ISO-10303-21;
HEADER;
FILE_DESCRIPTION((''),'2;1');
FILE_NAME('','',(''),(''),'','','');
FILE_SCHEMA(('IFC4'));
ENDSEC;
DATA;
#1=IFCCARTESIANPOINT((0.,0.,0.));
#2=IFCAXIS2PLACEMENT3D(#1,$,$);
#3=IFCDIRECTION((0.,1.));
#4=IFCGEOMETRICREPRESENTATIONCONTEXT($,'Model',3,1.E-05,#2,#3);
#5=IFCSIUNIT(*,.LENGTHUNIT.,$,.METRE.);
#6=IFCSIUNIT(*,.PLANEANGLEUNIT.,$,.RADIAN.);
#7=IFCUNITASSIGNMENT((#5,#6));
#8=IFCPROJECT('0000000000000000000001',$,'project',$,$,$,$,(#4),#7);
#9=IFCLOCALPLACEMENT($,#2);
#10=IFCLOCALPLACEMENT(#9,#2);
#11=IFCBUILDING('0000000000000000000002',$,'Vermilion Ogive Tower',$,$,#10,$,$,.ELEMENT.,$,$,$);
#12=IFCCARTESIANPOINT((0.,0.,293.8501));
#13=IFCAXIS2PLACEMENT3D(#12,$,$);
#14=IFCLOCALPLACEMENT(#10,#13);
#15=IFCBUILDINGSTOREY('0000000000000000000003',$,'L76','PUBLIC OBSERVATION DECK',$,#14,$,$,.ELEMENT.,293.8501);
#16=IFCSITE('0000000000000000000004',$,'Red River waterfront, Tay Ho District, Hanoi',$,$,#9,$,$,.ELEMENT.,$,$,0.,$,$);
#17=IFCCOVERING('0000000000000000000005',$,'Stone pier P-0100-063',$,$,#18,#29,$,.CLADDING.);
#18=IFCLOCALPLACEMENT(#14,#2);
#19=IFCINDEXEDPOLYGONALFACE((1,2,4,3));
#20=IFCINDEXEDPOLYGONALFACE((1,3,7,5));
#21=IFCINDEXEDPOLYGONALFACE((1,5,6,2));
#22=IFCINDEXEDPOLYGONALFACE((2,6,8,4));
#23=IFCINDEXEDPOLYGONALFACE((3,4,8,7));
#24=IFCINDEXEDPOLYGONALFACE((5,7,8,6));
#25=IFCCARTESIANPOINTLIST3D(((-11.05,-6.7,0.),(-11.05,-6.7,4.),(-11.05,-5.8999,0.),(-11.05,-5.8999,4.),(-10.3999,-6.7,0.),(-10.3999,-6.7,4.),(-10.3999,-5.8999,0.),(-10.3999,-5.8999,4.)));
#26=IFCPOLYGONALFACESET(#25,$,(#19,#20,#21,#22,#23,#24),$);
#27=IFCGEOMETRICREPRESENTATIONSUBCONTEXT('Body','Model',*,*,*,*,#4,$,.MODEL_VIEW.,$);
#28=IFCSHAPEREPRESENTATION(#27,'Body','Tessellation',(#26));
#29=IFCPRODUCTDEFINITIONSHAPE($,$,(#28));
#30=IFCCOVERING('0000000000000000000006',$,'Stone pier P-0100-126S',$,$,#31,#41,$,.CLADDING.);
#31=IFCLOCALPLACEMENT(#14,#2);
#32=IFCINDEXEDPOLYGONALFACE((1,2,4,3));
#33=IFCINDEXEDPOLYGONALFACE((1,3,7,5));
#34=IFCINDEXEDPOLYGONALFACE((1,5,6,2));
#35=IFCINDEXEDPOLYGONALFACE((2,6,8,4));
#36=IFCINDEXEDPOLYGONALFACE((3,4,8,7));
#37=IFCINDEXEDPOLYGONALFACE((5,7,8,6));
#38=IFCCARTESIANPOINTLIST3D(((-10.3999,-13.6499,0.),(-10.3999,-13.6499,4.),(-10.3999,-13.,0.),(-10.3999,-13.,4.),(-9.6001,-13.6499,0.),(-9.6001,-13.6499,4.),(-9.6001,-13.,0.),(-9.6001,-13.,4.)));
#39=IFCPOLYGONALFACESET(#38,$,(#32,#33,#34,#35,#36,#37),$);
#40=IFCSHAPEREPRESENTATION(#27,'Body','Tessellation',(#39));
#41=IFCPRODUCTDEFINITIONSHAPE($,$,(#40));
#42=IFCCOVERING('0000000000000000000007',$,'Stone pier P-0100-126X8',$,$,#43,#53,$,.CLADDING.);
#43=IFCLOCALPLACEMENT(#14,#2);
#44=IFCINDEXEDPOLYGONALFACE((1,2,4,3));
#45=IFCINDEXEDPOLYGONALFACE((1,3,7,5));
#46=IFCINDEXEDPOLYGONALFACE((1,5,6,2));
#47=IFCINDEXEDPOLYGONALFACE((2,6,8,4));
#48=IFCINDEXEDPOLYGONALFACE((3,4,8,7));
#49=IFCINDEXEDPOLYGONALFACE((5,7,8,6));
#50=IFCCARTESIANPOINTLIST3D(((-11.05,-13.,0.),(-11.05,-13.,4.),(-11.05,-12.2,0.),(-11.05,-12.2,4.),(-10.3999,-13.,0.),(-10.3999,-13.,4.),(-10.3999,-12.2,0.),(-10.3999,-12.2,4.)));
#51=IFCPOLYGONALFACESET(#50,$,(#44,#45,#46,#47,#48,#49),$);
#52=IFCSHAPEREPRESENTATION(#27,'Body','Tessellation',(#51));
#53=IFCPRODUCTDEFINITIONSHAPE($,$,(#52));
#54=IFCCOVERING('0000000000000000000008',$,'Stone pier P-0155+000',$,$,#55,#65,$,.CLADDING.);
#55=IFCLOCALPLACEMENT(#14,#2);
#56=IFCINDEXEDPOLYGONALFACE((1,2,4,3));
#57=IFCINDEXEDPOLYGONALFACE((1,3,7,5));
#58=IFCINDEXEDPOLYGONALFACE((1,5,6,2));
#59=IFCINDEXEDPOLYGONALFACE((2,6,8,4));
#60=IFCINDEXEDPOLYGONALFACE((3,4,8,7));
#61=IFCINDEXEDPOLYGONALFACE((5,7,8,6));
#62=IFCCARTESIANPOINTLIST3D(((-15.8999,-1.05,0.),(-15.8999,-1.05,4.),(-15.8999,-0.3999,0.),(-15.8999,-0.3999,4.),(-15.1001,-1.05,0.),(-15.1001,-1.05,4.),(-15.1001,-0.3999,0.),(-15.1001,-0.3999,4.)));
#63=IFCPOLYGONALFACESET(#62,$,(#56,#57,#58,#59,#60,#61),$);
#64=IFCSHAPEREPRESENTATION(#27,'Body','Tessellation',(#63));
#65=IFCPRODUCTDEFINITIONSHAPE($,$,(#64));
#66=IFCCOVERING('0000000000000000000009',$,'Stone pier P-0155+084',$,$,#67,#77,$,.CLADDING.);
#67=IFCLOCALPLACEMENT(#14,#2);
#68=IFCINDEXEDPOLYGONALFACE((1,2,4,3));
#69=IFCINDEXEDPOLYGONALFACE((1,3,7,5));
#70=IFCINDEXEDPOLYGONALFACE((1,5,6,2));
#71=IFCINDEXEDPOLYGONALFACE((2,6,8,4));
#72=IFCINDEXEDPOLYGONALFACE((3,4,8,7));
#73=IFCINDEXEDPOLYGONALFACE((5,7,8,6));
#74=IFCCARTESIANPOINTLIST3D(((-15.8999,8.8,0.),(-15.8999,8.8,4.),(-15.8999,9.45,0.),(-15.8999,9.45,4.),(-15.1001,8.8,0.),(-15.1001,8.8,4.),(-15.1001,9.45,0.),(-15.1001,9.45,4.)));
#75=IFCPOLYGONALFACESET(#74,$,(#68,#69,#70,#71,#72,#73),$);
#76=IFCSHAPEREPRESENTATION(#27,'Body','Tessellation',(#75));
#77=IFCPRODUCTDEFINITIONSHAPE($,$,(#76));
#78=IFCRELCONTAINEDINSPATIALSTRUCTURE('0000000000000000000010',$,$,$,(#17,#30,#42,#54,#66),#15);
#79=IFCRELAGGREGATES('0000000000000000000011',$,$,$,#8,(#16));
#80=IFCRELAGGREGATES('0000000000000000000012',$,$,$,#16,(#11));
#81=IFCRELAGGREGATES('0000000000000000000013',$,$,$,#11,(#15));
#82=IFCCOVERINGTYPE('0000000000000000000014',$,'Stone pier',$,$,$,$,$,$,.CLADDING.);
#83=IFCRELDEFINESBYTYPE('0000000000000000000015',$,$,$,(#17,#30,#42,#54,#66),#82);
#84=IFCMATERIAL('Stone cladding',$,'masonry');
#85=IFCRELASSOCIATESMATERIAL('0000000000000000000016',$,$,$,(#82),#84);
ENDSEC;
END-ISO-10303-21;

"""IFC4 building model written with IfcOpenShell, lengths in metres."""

from ifc_helpers import new_model, si_unit, direction, frame, origin, place, context, subcontext, project, spatial, polyline, outline, extrude, material, type_object, element, save


model = new_model("IFC4")

# Units and contexts
model_context = context("Model", 3, precision=1e-05, world=origin(), true_north=direction((0.0, 1.0)))
body_context = subcontext(model_context, "Body", "Model", "MODEL_VIEW")
ifc_project = project(units=[si_unit("LENGTHUNIT", "METRE"), si_unit("PLANEANGLEUNIT", "RADIAN")], contexts=[model_context])

# Site, building, storey
site_placement = place(None, origin())
site = spatial("IfcSite", under=ifc_project, at=site_placement, Name="Red River waterfront, Tay Ho District, Hanoi", CompositionType="ELEMENT", RefElevation=0.0)
building_placement = place(site_placement, origin())
building = spatial("IfcBuilding", under=site, at=building_placement, Name="Vermilion Ogive Tower", CompositionType="ELEMENT")
storey_placement = place(building_placement, frame((0.0, 0.0, 293.8501)))
storey = spatial("IfcBuildingStorey", under=building, at=storey_placement, Name="L76", Description="PUBLIC OBSERVATION DECK", CompositionType="ELEMENT", Elevation=293.8501)

# Coverings
ifc_material_1 = material(Name="Stone cladding", Category="masonry")
covering_type = type_object("IfcCoveringType", Name="Stone pier", PredefinedType="CLADDING", material=ifc_material_1)
covering_1_placement = place(storey_placement, origin())
element("IfcCovering", 1, at=covering_1_placement, inside=storey, type_object=covering_type, Name="Stone pier P-0100-063", PredefinedType="CLADDING", context=body_context, shape_type="SweptSolid", body=[
    extrude(outline(polyline([(-11.05, -6.7), (-11.05, -5.8999), (-10.3999, -5.8999), (-10.3999, -6.7), (-11.05, -6.7)])), origin(), (0.0, 0.0, 1.0), 4.0),
])
covering_2_placement = place(storey_placement, origin())
element("IfcCovering", 2, at=covering_2_placement, inside=storey, type_object=covering_type, Name="Stone pier P-0100-126S", PredefinedType="CLADDING", context=body_context, shape_type="SweptSolid", body=[
    extrude(outline(polyline([(-9.6001, -13.6499), (-10.3999, -13.6499), (-10.3999, -13.0), (-9.6001, -13.0), (-9.6001, -13.6499)])), origin(), (0.0, 0.0, 1.0), 4.0),
])
covering_3_placement = place(storey_placement, origin())
element("IfcCovering", 3, at=covering_3_placement, inside=storey, type_object=covering_type, Name="Stone pier P-0100-126X8", PredefinedType="CLADDING", context=body_context, shape_type="SweptSolid", body=[
    extrude(outline(polyline([(-11.05, -12.2), (-10.3999, -12.2), (-10.3999, -13.0), (-11.05, -13.0), (-11.05, -12.2)])), origin(), (0.0, 0.0, 1.0), 4.0),
])
covering_4_placement = place(storey_placement, origin())
element("IfcCovering", 4, at=covering_4_placement, inside=storey, type_object=covering_type, Name="Stone pier P-0155+000", PredefinedType="CLADDING", context=body_context, shape_type="SweptSolid", body=[
    extrude(outline(polyline([(-15.1001, -1.05), (-15.8999, -1.05), (-15.8999, -0.3999), (-15.1001, -0.3999), (-15.1001, -1.05)])), origin(), (0.0, 0.0, 1.0), 4.0),
])
covering_5_placement = place(storey_placement, origin())
element("IfcCovering", 5, at=covering_5_placement, inside=storey, type_object=covering_type, Name="Stone pier P-0155+084", PredefinedType="CLADDING", context=body_context, shape_type="SweptSolid", body=[
    extrude(outline(polyline([(-15.8999, 9.45), (-15.1001, 9.45), (-15.1001, 8.8), (-15.8999, 8.8), (-15.8999, 9.45)])), origin(), (0.0, 0.0, 1.0), 4.0),
])

save(model, "model.ifc")
